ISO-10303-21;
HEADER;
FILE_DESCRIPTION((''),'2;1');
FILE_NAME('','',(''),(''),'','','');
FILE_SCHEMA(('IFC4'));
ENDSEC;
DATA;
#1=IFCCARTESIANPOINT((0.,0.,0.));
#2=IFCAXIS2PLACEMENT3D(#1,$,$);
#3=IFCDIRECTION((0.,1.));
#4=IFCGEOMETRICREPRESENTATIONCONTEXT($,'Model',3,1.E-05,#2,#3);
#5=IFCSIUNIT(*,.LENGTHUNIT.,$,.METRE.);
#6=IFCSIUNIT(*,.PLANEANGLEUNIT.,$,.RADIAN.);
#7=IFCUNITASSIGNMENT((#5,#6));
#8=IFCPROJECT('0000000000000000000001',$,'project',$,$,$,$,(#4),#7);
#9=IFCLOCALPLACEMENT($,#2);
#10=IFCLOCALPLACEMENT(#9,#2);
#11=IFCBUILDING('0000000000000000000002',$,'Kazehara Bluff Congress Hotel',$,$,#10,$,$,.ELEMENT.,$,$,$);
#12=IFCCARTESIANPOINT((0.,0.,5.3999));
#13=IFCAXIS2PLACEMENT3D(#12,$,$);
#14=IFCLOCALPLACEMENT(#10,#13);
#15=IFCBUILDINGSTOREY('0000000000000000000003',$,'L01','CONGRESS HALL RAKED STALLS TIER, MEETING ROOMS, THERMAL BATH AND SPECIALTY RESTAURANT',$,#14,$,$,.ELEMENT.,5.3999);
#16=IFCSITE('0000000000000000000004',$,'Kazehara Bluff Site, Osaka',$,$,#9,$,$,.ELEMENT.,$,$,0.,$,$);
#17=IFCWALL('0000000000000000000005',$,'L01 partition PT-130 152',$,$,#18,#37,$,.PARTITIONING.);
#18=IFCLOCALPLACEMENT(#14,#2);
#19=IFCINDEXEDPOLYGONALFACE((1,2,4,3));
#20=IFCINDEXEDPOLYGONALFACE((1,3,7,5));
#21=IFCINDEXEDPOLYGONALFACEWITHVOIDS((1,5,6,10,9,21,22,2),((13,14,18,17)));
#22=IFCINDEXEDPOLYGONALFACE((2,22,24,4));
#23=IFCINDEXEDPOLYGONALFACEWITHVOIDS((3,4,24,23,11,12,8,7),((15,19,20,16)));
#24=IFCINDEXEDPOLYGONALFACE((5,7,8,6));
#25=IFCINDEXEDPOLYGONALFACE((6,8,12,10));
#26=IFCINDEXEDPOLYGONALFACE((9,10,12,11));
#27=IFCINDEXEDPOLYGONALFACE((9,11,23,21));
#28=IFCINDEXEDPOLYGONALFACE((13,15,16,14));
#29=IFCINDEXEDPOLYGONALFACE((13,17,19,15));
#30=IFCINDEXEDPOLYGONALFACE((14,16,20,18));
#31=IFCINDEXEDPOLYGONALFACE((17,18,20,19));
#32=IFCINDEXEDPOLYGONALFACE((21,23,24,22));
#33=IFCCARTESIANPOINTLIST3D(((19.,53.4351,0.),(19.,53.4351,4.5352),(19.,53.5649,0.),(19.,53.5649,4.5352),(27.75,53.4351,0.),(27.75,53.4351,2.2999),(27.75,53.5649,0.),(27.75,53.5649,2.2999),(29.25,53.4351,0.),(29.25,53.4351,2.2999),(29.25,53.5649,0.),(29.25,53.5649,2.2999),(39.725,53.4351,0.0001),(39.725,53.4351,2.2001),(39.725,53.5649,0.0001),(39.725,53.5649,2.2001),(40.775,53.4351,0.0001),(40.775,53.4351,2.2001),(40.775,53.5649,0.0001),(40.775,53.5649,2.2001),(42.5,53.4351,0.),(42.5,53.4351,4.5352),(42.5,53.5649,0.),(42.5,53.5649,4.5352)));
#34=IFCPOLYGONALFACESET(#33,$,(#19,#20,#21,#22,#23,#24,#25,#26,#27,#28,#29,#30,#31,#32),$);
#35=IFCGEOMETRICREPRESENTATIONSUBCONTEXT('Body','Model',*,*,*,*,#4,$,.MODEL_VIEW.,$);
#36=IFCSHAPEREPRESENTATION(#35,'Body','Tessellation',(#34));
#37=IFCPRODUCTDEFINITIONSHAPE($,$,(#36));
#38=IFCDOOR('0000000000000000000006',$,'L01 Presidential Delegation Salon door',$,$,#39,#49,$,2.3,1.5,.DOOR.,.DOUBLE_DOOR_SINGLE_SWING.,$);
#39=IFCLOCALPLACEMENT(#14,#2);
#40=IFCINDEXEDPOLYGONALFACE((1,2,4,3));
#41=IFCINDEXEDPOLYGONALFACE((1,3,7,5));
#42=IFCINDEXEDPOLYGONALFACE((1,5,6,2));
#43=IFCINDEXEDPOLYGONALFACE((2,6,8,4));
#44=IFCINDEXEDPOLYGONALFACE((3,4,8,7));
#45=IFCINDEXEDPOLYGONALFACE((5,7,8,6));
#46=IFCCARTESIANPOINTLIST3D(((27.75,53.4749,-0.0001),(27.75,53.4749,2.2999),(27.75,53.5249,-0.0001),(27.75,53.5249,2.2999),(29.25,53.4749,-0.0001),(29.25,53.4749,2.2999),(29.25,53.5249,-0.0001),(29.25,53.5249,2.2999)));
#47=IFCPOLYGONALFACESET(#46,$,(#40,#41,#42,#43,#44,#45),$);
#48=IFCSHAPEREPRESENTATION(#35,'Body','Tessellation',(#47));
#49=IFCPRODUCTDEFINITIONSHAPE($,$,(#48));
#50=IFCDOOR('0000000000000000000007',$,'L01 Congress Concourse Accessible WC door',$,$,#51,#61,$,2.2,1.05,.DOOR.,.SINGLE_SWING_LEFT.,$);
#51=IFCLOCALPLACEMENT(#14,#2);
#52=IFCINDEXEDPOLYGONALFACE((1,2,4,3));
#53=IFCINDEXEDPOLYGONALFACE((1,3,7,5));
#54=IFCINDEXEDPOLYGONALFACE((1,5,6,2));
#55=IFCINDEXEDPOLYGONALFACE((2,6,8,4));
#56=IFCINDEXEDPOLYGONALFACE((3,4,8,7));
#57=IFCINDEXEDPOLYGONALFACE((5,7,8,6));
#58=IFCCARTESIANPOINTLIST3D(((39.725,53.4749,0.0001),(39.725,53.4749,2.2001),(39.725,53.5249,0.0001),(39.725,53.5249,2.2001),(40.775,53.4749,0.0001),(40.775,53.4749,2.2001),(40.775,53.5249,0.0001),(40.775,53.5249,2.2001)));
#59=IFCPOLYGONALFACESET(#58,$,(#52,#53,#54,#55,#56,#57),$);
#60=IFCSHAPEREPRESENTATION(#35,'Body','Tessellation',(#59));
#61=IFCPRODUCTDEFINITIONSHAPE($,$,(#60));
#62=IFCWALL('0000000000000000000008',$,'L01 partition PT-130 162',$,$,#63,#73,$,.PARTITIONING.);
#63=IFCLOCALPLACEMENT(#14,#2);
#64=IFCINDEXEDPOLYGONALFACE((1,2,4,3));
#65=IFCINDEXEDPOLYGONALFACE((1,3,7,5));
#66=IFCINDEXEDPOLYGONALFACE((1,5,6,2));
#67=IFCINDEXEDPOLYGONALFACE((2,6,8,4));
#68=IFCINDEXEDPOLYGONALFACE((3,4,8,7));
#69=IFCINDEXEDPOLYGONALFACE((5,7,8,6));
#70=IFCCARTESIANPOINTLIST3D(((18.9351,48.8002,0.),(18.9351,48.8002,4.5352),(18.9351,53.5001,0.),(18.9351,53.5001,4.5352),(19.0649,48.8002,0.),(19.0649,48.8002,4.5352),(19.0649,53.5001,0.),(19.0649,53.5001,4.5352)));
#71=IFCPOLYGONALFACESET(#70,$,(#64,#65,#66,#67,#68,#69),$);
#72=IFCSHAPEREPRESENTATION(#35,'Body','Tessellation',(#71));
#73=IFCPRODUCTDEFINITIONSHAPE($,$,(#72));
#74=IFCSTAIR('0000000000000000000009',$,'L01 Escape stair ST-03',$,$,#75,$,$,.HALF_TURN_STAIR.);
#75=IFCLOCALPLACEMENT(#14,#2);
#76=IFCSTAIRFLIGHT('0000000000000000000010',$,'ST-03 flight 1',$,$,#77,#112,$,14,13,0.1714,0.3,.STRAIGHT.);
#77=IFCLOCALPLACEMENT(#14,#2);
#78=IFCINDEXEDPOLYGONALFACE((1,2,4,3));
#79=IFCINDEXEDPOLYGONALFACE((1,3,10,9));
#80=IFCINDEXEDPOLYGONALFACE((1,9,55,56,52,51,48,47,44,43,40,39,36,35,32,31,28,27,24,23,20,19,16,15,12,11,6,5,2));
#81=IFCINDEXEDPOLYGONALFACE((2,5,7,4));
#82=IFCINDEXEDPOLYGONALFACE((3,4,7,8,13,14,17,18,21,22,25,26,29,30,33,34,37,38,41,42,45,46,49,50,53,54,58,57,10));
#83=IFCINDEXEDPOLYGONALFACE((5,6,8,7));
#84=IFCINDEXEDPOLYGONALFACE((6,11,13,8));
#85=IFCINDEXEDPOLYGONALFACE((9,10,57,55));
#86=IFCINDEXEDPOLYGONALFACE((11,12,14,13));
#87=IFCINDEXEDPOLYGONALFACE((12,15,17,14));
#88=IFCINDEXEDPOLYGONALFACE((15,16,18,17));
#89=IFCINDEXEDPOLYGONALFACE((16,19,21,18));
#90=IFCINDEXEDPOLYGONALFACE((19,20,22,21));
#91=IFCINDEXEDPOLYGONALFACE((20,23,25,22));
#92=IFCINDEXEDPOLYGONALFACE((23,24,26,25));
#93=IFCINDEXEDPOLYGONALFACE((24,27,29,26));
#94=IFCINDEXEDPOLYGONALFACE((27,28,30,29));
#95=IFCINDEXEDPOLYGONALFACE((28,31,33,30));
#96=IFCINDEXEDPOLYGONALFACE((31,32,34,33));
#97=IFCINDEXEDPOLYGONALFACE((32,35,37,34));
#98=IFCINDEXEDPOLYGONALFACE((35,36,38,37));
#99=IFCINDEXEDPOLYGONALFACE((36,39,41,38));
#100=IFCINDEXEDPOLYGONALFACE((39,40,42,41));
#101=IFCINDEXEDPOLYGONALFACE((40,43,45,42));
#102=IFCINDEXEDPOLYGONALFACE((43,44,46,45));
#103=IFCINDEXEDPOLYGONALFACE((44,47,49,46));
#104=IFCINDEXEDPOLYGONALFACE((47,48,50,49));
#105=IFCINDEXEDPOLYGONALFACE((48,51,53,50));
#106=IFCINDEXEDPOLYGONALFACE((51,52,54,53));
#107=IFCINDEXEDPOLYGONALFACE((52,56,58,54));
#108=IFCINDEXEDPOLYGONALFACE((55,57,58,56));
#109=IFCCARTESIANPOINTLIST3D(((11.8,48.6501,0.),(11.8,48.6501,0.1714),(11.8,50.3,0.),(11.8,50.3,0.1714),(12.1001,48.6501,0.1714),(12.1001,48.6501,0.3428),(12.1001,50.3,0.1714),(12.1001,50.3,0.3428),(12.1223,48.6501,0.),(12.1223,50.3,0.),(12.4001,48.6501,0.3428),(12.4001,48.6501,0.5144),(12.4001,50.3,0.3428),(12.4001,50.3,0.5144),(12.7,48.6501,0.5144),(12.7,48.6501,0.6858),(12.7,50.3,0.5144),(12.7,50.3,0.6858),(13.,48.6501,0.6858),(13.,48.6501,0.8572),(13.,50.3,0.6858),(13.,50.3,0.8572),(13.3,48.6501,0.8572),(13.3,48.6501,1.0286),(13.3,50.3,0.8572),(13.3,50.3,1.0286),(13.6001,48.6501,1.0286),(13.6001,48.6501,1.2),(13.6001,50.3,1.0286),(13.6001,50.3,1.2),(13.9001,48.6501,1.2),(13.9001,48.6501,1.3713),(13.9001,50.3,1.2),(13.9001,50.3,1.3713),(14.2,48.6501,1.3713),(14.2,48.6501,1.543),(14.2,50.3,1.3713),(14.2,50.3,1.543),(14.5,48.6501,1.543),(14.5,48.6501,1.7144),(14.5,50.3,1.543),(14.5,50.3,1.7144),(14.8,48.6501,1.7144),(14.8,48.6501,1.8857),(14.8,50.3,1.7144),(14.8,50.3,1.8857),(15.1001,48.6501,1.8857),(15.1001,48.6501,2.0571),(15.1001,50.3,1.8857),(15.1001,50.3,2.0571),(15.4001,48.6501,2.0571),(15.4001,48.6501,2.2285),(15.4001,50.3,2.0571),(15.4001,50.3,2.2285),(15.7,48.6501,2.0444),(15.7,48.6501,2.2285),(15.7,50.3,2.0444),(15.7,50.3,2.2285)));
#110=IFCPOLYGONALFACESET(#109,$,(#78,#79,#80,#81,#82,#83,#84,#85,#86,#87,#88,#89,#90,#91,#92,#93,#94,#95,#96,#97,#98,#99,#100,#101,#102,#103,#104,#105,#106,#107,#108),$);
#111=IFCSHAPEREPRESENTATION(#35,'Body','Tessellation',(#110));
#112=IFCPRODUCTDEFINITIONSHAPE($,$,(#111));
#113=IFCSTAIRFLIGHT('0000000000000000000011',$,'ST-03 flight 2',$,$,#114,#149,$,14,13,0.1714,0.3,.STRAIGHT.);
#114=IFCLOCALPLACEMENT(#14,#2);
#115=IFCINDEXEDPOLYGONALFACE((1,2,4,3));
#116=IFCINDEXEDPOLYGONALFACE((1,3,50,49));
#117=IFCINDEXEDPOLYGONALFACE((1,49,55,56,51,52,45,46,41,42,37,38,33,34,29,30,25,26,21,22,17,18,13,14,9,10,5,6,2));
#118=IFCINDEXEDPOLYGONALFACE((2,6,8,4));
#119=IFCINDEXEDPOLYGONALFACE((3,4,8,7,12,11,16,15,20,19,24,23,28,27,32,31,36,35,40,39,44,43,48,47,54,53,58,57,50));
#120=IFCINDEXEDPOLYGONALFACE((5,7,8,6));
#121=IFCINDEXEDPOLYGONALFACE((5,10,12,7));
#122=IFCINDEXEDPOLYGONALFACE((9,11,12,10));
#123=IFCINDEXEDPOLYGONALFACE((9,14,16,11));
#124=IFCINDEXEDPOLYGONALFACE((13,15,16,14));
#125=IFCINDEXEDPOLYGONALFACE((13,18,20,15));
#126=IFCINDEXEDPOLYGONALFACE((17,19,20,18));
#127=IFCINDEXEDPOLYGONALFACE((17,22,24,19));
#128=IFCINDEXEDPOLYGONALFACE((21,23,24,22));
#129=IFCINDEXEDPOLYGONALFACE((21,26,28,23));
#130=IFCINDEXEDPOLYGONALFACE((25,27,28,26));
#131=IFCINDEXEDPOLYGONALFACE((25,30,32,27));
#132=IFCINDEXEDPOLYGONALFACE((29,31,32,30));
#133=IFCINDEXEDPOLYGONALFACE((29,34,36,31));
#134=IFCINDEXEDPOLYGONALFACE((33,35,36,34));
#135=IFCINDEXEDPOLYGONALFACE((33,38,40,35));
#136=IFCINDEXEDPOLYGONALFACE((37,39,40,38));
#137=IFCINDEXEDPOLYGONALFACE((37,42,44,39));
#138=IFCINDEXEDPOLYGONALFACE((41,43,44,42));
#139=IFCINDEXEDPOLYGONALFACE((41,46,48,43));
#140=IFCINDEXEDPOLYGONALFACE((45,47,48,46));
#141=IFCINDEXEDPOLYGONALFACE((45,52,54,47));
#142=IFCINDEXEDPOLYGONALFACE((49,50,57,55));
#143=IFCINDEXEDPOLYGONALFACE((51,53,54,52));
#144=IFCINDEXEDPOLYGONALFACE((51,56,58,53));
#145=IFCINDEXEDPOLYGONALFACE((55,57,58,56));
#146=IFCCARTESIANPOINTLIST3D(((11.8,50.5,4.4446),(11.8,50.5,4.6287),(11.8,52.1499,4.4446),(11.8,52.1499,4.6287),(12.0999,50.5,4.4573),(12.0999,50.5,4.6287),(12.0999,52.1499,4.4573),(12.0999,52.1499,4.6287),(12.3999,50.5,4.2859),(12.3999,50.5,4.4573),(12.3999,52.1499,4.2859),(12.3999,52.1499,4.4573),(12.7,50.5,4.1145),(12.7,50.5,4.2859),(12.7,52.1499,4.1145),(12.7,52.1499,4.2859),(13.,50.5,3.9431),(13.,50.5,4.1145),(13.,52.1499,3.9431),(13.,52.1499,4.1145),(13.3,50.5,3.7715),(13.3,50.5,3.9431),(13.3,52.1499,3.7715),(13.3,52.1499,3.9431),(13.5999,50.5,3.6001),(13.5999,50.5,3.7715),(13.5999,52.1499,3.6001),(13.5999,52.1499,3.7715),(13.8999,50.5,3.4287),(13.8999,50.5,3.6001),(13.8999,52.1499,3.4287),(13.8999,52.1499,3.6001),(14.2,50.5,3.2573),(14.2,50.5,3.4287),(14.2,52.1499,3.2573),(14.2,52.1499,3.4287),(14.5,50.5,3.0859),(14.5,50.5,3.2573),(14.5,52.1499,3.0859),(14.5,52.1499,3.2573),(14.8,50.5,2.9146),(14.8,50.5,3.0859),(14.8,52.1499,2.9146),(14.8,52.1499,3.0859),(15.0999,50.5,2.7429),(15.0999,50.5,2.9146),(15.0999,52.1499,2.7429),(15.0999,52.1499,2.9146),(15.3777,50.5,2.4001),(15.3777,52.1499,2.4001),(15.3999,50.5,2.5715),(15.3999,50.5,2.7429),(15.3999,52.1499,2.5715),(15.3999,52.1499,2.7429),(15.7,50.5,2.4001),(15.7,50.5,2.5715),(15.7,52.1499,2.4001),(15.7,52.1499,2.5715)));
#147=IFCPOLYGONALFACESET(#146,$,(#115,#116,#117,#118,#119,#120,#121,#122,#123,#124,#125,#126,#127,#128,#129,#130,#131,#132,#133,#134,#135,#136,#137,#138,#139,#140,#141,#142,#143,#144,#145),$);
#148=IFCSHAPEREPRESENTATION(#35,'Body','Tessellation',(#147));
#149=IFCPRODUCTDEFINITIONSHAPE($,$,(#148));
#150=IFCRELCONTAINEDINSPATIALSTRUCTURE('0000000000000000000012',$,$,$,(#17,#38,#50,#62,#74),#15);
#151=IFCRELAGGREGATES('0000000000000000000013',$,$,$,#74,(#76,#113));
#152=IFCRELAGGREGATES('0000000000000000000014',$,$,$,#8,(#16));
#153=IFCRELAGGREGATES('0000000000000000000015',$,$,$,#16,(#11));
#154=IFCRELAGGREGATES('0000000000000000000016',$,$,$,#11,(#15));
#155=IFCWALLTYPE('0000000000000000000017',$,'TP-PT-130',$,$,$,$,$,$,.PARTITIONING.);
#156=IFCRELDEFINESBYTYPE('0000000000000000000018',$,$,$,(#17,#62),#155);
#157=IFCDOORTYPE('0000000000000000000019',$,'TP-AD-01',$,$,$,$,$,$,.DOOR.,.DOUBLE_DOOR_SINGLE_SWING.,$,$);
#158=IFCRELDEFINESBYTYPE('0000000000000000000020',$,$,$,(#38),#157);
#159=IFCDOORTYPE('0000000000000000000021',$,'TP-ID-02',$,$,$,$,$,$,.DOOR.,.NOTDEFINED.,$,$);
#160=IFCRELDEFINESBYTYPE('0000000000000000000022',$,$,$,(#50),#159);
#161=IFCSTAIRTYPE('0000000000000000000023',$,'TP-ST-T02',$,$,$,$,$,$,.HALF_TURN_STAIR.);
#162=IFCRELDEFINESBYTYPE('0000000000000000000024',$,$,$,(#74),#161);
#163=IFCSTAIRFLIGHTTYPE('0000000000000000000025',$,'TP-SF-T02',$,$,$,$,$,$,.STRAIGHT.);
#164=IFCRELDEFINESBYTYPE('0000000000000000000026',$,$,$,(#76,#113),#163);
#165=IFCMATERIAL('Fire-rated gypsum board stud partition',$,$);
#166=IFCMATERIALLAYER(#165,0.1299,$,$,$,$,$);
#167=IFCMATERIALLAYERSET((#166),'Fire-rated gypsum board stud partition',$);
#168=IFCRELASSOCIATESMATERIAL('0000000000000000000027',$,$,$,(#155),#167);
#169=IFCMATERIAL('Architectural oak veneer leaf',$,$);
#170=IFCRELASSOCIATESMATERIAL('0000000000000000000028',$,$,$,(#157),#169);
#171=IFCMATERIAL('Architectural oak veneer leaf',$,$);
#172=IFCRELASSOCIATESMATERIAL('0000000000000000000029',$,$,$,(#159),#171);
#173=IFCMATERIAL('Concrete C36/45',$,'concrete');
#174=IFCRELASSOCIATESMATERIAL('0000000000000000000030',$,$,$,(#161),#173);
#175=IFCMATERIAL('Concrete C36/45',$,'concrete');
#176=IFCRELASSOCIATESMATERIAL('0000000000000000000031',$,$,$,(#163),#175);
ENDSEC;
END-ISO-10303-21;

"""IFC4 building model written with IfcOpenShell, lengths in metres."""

from ifc_helpers import new_model, si_unit, direction, frame, frame_2d, origin, place, context, subcontext, project, spatial, polyline, rectangle, outline, extrude, material, layer, layer_set, type_object, element, fill, aggregate, save


model = new_model("IFC4")

# Units and contexts
model_context = context("Model", 3, precision=1e-05, world=origin(), true_north=direction((0.0, 1.0)))
body_context = subcontext(model_context, "Body", "Model", "MODEL_VIEW")
ifc_project = project(units=[si_unit("LENGTHUNIT", "METRE"), si_unit("PLANEANGLEUNIT", "RADIAN")], contexts=[model_context])

# Site, building, storey
site_placement = place(None, origin())
site = spatial("IfcSite", under=ifc_project, at=site_placement, Name="Kazehara Bluff Site, Osaka", CompositionType="ELEMENT", RefElevation=0.0)
building_placement = place(site_placement, origin())
building = spatial("IfcBuilding", under=site, at=building_placement, Name="Kazehara Bluff Congress Hotel", CompositionType="ELEMENT")
storey_placement = place(building_placement, frame((0.0, 0.0, 5.3999)))
storey = spatial("IfcBuildingStorey", under=building, at=storey_placement, Name="L01", Description="CONGRESS HALL RAKED STALLS TIER, MEETING ROOMS, THERMAL BATH AND SPECIALTY RESTAURANT", CompositionType="ELEMENT", Elevation=5.3999)

# Wall, openings, doors
ifc_material_1 = material(Name="Fire-rated gypsum board stud partition")
ifc_layer_1 = layer(ifc_material_1, 0.1299)
ifc_layer_set_1 = layer_set([ifc_layer_1], Name="Fire-rated gypsum board stud partition")
wall_type_1 = type_object("IfcWallType", Name="TP-PT-130", PredefinedType="PARTITIONING", material=ifc_layer_set_1)
wall_1_placement = place(storey_placement, frame((19.0, 53.5, 0.0), z_axis=(0.0, 0.0, 1.0), x_axis=(1.0, 0.0, 0.0)))
wall_1 = element("IfcWall", 1, at=wall_1_placement, inside=storey, type_object=wall_type_1, Name="L01 partition PT-130 152", PredefinedType="PARTITIONING", context=body_context, shape_type="SweptSolid", body=[
    extrude(rectangle(XDim=23.5, YDim=0.1299, at=frame_2d((11.75, 0.0))), origin(), (0.0, 0.0, 1.0), 4.5352),
])
opening_1_placement = place(wall_1_placement, frame((8.75, 0.0, 0.0)))
opening_1 = element("IfcOpeningElement", 2, at=opening_1_placement, cuts=wall_1, PredefinedType="OPENING", context=body_context, shape_type="SweptSolid", body=[
    extrude(rectangle(XDim=1.5, YDim=2.3, at=frame_2d((0.75, 1.1499))), frame((0.0, 0.075, 0.0), z_axis=(0.0, -1.0, 0.0), x_axis=(1.0, 0.0, 0.0)), (0.0, 0.0, 1.0), 0.1499),
])
opening_2_placement = place(wall_1_placement, frame((20.7251, 0.0, 0.0)))
opening_2 = element("IfcOpeningElement", 3, at=opening_2_placement, cuts=wall_1, PredefinedType="OPENING", context=body_context, shape_type="SweptSolid", body=[
    extrude(rectangle(XDim=1.05, YDim=2.2, at=frame_2d((0.5249, 1.1001))), frame((0.0, 0.075, 0.0), z_axis=(0.0, -1.0, 0.0), x_axis=(1.0, 0.0, 0.0)), (0.0, 0.0, 1.0), 0.1499),
])
ifc_material_2 = material(Name="Architectural oak veneer leaf")
door_type_1 = type_object("IfcDoorType", Name="TP-AD-01", OperationType="DOUBLE_DOOR_SINGLE_SWING", PredefinedType="DOOR", material=ifc_material_2)
door_1_placement = place(opening_1_placement, origin())
door_1 = element("IfcDoor", 4, at=door_1_placement, inside=storey, type_object=door_type_1, Name="L01 Presidential Delegation Salon door", OperationType="DOUBLE_DOOR_SINGLE_SWING", OverallHeight=2.3, OverallWidth=1.5, PredefinedType="DOOR", context=body_context, shape_type="SweptSolid", body=[
    extrude(rectangle(XDim=1.5, YDim=2.3, at=frame_2d((0.75, 1.1499))), frame((0.0, 0.0249, 0.0), z_axis=(0.0, -1.0, 0.0), x_axis=(1.0, 0.0, 0.0)), (0.0, 0.0, 1.0), 0.05),
])
fill(opening_1, door_1)
ifc_material_3 = material(Name="Architectural oak veneer leaf")
door_type_2 = type_object("IfcDoorType", Name="TP-ID-02", OperationType="NOTDEFINED", PredefinedType="DOOR", material=ifc_material_3)
door_2_placement = place(opening_2_placement, origin())
door_2 = element("IfcDoor", 5, at=door_2_placement, inside=storey, type_object=door_type_2, Name="L01 Congress Concourse Accessible WC door", OperationType="SINGLE_SWING_LEFT", OverallHeight=2.2, OverallWidth=1.05, PredefinedType="DOOR", context=body_context, shape_type="SweptSolid", body=[
    extrude(rectangle(XDim=1.05, YDim=2.2, at=frame_2d((0.5249, 1.1001))), frame((0.0, 0.0249, 0.0), z_axis=(0.0, -1.0, 0.0), x_axis=(1.0, 0.0, 0.0)), (0.0, 0.0, 1.0), 0.05),
])
fill(opening_2, door_2)

# Wall
wall_2_placement = place(storey_placement, frame((19.0, 48.8, 0.0), z_axis=(0.0, 0.0, 1.0), x_axis=(0.0, 1.0, 0.0)))
element("IfcWall", 6, at=wall_2_placement, inside=storey, type_object=wall_type_1, Name="L01 partition PT-130 162", PredefinedType="PARTITIONING", context=body_context, shape_type="SweptSolid", body=[
    extrude(rectangle(XDim=4.7, YDim=0.1299, at=frame_2d((2.3501, 0.0))), origin(), (0.0, 0.0, 1.0), 4.5352),
])

# Stair, stair flights
ifc_material_4 = material(Name="Concrete C36/45", Category="concrete")
stair_type = type_object("IfcStairType", Name="TP-ST-T02", PredefinedType="HALF_TURN_STAIR", material=ifc_material_4)
stair_placement = place(storey_placement, origin())
stair = element("IfcStair", 7, at=stair_placement, inside=storey, type_object=stair_type, Name="L01 Escape stair ST-03", PredefinedType="HALF_TURN_STAIR")
ifc_material_5 = material(Name="Concrete C36/45", Category="concrete")
stair_flight_type = type_object("IfcStairFlightType", Name="TP-SF-T02", PredefinedType="STRAIGHT", material=ifc_material_5)
stair_flight_1_placement = place(storey_placement, frame((11.8, 49.4751, 0.0), z_axis=(0.0, 0.0, 1.0), x_axis=(1.0, 0.0, 0.0)))
stair_flight_1 = element("IfcStairFlight", 8, at=stair_flight_1_placement, type_object=stair_flight_type, Name="ST-03 flight 1", NumberOfRisers=14, NumberOfTreads=13, PredefinedType="STRAIGHT", RiserHeight=0.1714, TreadLength=0.3, context=body_context, shape_type="SweptSolid", body=[
    extrude(outline(polyline([(0.0, 0.0), (0.0, 0.1714), (0.3, 0.1714), (0.3, 0.3428), (0.6001, 0.3428), (0.6001, 0.5144), (0.8999, 0.5144), (0.8999, 0.6858), (1.2, 0.6858), (1.2, 0.8572), (1.5, 0.8572), (1.5, 1.0286), (1.8, 1.0286), (1.8, 1.2), (2.1001, 1.2), (2.1001, 1.3713), (2.3999, 1.3713), (2.3999, 1.543), (2.7, 1.543), (2.7, 1.7144), (3.0, 1.7144), (3.0, 1.8857), (3.3, 1.8857), (3.3, 2.0571), (3.6001, 2.0571), (3.6001, 2.2285), (3.8999, 2.2285), (3.8999, 2.3999), (3.8999, 2.0444), (0.3223, 0.0), (0.0, 0.0)])), frame((0.0, 0.825, 0.0), z_axis=(0.0, -1.0, 0.0), x_axis=(1.0, 0.0, 0.0)), (0.0, 0.0, 1.0), 1.6499),
])
stair_flight_2_placement = place(storey_placement, frame((15.7, 51.325, 2.4001), z_axis=(0.0, 0.0, 1.0), x_axis=(-1.0, 0.0, 0.0)))
stair_flight_2 = element("IfcStairFlight", 9, at=stair_flight_2_placement, type_object=stair_flight_type, Name="ST-03 flight 2", NumberOfRisers=14, NumberOfTreads=13, PredefinedType="STRAIGHT", RiserHeight=0.1714, TreadLength=0.3, context=body_context, shape_type="SweptSolid", body=[
    extrude(outline(polyline([(0.0, 0.0), (0.0, 0.1714), (0.3, 0.1714), (0.3, 0.3428), (0.6001, 0.3428), (0.6001, 0.5144), (0.8999, 0.5144), (0.8999, 0.6858), (1.2, 0.6858), (1.2, 0.8572), (1.5, 0.8572), (1.5, 1.0286), (1.8, 1.0286), (1.8, 1.2), (2.1001, 1.2), (2.1001, 1.3713), (2.3999, 1.3713), (2.3999, 1.543), (2.7, 1.543), (2.7, 1.7144), (3.0, 1.7144), (3.0, 1.8857), (3.3, 1.8857), (3.3, 2.0571), (3.6001, 2.0571), (3.6001, 2.2285), (3.8999, 2.2285), (3.8999, 2.3999), (3.8999, 2.0444), (0.3223, 0.0), (0.0, 0.0)])), frame((0.0, 0.825, 0.0), z_axis=(0.0, -1.0, 0.0), x_axis=(1.0, 0.0, 0.0)), (0.0, 0.0, 1.0), 1.6499),
])
aggregate(stair, [stair_flight_1, stair_flight_2])

save(model, "model.ifc")
